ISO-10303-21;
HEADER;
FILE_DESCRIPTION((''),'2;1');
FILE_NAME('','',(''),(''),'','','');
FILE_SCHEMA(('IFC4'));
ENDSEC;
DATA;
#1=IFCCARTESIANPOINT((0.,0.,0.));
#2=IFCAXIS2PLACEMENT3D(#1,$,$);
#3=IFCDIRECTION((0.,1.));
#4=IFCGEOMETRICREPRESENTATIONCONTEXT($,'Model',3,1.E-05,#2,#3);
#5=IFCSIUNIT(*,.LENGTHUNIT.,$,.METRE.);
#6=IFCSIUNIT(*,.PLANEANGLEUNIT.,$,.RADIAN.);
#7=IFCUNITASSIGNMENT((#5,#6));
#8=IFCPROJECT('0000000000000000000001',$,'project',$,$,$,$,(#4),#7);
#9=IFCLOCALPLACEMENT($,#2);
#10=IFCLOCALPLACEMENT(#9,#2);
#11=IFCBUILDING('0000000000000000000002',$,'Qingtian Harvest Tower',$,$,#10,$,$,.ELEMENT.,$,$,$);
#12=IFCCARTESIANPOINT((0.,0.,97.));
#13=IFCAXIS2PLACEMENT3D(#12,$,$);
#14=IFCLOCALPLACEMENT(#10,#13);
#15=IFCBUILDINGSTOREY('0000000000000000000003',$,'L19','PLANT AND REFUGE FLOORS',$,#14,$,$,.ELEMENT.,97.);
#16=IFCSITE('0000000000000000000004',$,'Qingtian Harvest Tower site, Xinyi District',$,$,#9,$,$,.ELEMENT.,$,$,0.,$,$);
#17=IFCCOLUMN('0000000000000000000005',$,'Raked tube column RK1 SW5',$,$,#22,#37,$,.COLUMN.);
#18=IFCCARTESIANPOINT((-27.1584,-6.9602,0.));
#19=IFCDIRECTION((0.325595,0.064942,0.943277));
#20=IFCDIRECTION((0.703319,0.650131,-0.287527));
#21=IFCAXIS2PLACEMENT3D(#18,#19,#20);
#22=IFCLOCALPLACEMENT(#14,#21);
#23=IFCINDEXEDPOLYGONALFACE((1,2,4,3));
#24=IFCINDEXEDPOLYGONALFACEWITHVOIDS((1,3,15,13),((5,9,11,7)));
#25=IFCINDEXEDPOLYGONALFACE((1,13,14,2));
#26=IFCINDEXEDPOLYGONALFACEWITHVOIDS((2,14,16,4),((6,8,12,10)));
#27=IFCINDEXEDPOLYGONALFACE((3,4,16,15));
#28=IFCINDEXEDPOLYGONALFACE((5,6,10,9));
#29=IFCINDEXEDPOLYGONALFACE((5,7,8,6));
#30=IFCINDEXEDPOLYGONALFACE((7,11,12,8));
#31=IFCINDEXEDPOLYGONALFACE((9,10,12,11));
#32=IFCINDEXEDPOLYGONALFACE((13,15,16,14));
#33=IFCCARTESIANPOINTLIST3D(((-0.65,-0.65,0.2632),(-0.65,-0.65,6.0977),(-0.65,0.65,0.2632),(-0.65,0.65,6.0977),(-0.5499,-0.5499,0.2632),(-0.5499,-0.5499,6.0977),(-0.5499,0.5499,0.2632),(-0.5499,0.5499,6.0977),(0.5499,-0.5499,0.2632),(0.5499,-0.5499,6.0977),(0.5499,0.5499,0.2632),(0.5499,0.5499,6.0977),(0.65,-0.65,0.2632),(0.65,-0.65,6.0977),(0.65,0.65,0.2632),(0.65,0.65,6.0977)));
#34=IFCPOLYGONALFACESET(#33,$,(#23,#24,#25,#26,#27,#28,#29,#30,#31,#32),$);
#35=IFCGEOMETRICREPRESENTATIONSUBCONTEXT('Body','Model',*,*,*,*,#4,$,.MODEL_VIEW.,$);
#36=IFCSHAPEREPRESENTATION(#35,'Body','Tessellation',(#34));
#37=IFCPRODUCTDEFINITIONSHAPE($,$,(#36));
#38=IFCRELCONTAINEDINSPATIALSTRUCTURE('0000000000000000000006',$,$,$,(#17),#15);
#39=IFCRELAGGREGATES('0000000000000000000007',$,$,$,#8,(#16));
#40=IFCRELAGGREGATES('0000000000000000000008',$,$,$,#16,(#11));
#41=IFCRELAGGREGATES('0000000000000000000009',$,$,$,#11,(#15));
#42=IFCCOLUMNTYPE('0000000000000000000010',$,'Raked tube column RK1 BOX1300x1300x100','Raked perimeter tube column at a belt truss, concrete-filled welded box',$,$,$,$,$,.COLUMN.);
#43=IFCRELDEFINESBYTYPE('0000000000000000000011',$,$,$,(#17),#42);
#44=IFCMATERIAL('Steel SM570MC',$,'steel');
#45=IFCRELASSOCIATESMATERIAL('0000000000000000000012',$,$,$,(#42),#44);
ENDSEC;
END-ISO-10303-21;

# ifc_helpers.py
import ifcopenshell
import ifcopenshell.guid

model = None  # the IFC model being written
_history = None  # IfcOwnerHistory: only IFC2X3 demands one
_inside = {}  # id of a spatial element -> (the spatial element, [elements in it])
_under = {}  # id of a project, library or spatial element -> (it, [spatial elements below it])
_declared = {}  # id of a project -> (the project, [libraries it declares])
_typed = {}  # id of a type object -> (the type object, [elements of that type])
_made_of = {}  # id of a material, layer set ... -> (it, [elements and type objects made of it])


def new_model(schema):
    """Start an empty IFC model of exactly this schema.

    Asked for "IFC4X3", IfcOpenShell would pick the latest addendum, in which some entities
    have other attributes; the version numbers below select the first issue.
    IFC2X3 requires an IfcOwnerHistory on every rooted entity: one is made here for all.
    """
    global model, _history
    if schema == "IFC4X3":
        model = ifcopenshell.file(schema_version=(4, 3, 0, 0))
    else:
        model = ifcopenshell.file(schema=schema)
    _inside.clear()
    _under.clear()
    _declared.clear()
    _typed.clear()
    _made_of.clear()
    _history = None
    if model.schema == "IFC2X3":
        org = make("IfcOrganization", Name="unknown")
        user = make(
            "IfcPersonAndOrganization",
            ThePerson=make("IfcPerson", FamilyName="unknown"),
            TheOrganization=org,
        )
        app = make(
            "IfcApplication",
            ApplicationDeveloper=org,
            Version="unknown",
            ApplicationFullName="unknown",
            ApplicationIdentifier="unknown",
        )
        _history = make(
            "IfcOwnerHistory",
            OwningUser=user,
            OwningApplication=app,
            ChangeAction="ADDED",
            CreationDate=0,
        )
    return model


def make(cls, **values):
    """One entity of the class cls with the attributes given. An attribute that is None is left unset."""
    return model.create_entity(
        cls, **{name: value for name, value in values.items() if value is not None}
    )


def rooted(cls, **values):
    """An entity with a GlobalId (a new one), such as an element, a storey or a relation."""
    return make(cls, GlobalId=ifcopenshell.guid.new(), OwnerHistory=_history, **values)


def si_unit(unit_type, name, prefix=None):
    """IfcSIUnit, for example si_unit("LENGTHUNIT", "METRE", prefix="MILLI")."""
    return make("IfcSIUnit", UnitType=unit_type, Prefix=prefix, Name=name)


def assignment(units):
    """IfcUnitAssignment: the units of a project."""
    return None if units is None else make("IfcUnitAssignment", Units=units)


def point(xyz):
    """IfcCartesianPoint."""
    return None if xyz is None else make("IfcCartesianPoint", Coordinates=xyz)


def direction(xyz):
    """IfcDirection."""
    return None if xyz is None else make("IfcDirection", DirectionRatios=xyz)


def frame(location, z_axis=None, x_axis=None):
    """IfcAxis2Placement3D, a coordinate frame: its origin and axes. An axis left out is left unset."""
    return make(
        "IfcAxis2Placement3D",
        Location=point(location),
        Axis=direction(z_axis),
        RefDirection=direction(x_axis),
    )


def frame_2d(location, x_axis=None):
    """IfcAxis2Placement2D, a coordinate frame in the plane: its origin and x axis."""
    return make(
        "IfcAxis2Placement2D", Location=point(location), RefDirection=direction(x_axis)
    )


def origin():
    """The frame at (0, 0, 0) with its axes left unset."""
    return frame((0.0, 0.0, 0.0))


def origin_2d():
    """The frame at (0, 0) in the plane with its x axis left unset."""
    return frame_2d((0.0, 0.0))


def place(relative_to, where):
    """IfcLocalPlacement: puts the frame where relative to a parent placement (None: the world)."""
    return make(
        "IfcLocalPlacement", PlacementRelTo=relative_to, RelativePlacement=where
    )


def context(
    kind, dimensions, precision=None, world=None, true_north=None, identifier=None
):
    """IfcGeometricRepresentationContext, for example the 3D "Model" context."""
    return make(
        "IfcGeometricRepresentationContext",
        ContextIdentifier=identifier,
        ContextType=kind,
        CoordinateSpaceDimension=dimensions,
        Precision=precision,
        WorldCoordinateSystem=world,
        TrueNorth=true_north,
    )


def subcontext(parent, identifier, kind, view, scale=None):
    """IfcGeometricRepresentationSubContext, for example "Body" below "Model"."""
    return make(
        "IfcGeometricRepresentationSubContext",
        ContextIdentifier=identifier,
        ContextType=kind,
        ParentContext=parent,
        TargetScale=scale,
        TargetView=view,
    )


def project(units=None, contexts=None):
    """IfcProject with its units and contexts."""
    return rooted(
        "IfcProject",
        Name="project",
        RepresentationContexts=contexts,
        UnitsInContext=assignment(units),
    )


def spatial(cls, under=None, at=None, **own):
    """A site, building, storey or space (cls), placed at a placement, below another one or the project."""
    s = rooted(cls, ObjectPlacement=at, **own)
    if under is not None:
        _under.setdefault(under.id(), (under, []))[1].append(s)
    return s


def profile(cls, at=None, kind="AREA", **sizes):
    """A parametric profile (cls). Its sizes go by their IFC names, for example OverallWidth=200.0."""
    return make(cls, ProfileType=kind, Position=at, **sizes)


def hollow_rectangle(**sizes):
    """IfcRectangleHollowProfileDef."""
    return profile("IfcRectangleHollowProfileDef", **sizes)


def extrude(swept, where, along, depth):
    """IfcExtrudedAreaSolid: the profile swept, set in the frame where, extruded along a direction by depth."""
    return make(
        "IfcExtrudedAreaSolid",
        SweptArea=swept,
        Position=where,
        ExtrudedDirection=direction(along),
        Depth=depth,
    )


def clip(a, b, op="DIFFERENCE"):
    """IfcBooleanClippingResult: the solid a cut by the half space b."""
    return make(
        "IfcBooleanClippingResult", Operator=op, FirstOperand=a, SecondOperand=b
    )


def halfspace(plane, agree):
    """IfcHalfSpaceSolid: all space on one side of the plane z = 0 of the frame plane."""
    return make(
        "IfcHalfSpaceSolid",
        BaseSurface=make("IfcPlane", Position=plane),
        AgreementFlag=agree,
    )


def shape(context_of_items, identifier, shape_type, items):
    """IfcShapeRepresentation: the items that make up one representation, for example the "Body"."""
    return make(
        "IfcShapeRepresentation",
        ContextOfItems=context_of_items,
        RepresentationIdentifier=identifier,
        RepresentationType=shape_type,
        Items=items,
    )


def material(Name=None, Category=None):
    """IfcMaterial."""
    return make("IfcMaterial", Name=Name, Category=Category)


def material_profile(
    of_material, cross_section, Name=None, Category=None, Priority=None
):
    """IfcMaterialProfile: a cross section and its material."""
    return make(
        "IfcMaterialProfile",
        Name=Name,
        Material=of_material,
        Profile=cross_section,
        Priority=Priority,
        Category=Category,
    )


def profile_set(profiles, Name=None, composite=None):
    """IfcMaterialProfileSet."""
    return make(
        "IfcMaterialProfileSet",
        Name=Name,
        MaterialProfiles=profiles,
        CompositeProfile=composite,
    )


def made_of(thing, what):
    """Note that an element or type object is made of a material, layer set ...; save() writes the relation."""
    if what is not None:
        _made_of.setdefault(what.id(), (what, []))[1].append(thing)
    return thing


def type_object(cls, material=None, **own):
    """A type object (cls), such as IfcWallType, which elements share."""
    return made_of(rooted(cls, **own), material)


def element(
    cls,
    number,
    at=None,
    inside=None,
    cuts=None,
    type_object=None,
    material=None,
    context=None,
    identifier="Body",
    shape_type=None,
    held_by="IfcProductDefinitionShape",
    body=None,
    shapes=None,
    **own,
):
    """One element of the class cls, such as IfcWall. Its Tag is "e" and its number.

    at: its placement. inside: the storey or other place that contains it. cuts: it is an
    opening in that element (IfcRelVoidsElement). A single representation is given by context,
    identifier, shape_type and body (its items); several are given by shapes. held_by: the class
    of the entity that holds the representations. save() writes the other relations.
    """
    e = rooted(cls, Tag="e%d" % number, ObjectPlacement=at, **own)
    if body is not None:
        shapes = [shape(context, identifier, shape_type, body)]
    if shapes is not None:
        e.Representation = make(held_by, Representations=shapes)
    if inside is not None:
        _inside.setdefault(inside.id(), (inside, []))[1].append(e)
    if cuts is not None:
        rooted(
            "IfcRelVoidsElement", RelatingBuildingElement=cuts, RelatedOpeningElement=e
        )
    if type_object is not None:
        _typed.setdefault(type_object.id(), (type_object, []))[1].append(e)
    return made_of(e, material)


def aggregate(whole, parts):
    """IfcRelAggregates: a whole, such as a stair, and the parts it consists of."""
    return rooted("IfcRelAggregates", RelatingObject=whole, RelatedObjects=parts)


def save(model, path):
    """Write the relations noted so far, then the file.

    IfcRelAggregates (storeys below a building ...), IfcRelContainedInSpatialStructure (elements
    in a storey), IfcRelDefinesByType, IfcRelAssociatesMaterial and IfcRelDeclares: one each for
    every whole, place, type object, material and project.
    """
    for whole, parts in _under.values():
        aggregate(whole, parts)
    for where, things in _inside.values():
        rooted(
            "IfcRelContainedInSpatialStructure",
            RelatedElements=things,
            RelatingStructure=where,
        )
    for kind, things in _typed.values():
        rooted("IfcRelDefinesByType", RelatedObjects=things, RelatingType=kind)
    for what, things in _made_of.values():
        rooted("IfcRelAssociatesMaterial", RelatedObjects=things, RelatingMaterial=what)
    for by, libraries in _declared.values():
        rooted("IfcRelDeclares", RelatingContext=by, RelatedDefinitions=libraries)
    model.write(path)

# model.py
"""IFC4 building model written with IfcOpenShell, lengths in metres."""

from ifc_helpers import new_model, si_unit, direction, frame, origin, origin_2d, place, context, subcontext, project, spatial, hollow_rectangle, extrude, clip, halfspace, material, material_profile, profile_set, type_object, element, save


model = new_model("IFC4")

# Units and contexts
model_context = context("Model", 3, precision=1e-05, world=origin(), true_north=direction((0.0, 1.0)))
body_context = subcontext(model_context, "Body", "Model", "MODEL_VIEW")
ifc_project = project(units=[si_unit("LENGTHUNIT", "METRE"), si_unit("PLANEANGLEUNIT", "RADIAN")], contexts=[model_context])

# Site, building, storey
site_placement = place(None, origin())
site = spatial("IfcSite", under=ifc_project, at=site_placement, Name="Qingtian Harvest Tower site, Xinyi District", CompositionType="ELEMENT", RefElevation=0.0)
building_placement = place(site_placement, origin())
building = spatial("IfcBuilding", under=site, at=building_placement, Name="Qingtian Harvest Tower", CompositionType="ELEMENT")
storey_placement = place(building_placement, frame((0.0, 0.0, 97.0)))
storey = spatial("IfcBuildingStorey", under=building, at=storey_placement, Name="L19", Description="PLANT AND REFUGE FLOORS", CompositionType="ELEMENT", Elevation=97.0)

# Column
ifc_material_1 = material(Name="Steel SM570MC", Category="steel")
ifc_material_profile_1 = material_profile(ifc_material_1, hollow_rectangle(XDim=1.3, YDim=1.3, WallThickness=0.1001, at=origin_2d()), Name="BOX1300x1300x100")
ifc_profile_set_1 = profile_set([ifc_material_profile_1], Name="Steel SM570MC")
column_type = type_object("IfcColumnType", Name="Raked tube column RK1 BOX1300x1300x100", Description="Raked perimeter tube column at a belt truss, concrete-filled welded box", PredefinedType="COLUMN", material=ifc_profile_set_1)
column_1_placement = place(storey_placement, frame((-27.1584, -6.9602, 0.0), z_axis=(0.325595, 0.064942, 0.943277), x_axis=(0.703319, 0.650131, -0.287527)))
element("IfcColumn", 1, at=column_1_placement, inside=storey, type_object=column_type, Name="Raked tube column RK1 SW5", PredefinedType="COLUMN", context=body_context, shape_type="Clipping", body=[
    clip(clip(extrude(hollow_rectangle(XDim=1.3, YDim=1.3, WallThickness=0.1001, at=origin_2d()), origin(), (0.0, 0.0, 1.0), 6.3608), halfspace(frame((0.0, 0.0, 0.2632), z_axis=(0.0, 0.0, -1.0), x_axis=(0.0, -1.0, 0.0)), False)), halfspace(frame((0.0, 0.0, 6.0977), z_axis=(0.0, 0.0, 1.0), x_axis=(0.0, 1.0, 0.0)), False)),
])

save(model, "model.ifc")
